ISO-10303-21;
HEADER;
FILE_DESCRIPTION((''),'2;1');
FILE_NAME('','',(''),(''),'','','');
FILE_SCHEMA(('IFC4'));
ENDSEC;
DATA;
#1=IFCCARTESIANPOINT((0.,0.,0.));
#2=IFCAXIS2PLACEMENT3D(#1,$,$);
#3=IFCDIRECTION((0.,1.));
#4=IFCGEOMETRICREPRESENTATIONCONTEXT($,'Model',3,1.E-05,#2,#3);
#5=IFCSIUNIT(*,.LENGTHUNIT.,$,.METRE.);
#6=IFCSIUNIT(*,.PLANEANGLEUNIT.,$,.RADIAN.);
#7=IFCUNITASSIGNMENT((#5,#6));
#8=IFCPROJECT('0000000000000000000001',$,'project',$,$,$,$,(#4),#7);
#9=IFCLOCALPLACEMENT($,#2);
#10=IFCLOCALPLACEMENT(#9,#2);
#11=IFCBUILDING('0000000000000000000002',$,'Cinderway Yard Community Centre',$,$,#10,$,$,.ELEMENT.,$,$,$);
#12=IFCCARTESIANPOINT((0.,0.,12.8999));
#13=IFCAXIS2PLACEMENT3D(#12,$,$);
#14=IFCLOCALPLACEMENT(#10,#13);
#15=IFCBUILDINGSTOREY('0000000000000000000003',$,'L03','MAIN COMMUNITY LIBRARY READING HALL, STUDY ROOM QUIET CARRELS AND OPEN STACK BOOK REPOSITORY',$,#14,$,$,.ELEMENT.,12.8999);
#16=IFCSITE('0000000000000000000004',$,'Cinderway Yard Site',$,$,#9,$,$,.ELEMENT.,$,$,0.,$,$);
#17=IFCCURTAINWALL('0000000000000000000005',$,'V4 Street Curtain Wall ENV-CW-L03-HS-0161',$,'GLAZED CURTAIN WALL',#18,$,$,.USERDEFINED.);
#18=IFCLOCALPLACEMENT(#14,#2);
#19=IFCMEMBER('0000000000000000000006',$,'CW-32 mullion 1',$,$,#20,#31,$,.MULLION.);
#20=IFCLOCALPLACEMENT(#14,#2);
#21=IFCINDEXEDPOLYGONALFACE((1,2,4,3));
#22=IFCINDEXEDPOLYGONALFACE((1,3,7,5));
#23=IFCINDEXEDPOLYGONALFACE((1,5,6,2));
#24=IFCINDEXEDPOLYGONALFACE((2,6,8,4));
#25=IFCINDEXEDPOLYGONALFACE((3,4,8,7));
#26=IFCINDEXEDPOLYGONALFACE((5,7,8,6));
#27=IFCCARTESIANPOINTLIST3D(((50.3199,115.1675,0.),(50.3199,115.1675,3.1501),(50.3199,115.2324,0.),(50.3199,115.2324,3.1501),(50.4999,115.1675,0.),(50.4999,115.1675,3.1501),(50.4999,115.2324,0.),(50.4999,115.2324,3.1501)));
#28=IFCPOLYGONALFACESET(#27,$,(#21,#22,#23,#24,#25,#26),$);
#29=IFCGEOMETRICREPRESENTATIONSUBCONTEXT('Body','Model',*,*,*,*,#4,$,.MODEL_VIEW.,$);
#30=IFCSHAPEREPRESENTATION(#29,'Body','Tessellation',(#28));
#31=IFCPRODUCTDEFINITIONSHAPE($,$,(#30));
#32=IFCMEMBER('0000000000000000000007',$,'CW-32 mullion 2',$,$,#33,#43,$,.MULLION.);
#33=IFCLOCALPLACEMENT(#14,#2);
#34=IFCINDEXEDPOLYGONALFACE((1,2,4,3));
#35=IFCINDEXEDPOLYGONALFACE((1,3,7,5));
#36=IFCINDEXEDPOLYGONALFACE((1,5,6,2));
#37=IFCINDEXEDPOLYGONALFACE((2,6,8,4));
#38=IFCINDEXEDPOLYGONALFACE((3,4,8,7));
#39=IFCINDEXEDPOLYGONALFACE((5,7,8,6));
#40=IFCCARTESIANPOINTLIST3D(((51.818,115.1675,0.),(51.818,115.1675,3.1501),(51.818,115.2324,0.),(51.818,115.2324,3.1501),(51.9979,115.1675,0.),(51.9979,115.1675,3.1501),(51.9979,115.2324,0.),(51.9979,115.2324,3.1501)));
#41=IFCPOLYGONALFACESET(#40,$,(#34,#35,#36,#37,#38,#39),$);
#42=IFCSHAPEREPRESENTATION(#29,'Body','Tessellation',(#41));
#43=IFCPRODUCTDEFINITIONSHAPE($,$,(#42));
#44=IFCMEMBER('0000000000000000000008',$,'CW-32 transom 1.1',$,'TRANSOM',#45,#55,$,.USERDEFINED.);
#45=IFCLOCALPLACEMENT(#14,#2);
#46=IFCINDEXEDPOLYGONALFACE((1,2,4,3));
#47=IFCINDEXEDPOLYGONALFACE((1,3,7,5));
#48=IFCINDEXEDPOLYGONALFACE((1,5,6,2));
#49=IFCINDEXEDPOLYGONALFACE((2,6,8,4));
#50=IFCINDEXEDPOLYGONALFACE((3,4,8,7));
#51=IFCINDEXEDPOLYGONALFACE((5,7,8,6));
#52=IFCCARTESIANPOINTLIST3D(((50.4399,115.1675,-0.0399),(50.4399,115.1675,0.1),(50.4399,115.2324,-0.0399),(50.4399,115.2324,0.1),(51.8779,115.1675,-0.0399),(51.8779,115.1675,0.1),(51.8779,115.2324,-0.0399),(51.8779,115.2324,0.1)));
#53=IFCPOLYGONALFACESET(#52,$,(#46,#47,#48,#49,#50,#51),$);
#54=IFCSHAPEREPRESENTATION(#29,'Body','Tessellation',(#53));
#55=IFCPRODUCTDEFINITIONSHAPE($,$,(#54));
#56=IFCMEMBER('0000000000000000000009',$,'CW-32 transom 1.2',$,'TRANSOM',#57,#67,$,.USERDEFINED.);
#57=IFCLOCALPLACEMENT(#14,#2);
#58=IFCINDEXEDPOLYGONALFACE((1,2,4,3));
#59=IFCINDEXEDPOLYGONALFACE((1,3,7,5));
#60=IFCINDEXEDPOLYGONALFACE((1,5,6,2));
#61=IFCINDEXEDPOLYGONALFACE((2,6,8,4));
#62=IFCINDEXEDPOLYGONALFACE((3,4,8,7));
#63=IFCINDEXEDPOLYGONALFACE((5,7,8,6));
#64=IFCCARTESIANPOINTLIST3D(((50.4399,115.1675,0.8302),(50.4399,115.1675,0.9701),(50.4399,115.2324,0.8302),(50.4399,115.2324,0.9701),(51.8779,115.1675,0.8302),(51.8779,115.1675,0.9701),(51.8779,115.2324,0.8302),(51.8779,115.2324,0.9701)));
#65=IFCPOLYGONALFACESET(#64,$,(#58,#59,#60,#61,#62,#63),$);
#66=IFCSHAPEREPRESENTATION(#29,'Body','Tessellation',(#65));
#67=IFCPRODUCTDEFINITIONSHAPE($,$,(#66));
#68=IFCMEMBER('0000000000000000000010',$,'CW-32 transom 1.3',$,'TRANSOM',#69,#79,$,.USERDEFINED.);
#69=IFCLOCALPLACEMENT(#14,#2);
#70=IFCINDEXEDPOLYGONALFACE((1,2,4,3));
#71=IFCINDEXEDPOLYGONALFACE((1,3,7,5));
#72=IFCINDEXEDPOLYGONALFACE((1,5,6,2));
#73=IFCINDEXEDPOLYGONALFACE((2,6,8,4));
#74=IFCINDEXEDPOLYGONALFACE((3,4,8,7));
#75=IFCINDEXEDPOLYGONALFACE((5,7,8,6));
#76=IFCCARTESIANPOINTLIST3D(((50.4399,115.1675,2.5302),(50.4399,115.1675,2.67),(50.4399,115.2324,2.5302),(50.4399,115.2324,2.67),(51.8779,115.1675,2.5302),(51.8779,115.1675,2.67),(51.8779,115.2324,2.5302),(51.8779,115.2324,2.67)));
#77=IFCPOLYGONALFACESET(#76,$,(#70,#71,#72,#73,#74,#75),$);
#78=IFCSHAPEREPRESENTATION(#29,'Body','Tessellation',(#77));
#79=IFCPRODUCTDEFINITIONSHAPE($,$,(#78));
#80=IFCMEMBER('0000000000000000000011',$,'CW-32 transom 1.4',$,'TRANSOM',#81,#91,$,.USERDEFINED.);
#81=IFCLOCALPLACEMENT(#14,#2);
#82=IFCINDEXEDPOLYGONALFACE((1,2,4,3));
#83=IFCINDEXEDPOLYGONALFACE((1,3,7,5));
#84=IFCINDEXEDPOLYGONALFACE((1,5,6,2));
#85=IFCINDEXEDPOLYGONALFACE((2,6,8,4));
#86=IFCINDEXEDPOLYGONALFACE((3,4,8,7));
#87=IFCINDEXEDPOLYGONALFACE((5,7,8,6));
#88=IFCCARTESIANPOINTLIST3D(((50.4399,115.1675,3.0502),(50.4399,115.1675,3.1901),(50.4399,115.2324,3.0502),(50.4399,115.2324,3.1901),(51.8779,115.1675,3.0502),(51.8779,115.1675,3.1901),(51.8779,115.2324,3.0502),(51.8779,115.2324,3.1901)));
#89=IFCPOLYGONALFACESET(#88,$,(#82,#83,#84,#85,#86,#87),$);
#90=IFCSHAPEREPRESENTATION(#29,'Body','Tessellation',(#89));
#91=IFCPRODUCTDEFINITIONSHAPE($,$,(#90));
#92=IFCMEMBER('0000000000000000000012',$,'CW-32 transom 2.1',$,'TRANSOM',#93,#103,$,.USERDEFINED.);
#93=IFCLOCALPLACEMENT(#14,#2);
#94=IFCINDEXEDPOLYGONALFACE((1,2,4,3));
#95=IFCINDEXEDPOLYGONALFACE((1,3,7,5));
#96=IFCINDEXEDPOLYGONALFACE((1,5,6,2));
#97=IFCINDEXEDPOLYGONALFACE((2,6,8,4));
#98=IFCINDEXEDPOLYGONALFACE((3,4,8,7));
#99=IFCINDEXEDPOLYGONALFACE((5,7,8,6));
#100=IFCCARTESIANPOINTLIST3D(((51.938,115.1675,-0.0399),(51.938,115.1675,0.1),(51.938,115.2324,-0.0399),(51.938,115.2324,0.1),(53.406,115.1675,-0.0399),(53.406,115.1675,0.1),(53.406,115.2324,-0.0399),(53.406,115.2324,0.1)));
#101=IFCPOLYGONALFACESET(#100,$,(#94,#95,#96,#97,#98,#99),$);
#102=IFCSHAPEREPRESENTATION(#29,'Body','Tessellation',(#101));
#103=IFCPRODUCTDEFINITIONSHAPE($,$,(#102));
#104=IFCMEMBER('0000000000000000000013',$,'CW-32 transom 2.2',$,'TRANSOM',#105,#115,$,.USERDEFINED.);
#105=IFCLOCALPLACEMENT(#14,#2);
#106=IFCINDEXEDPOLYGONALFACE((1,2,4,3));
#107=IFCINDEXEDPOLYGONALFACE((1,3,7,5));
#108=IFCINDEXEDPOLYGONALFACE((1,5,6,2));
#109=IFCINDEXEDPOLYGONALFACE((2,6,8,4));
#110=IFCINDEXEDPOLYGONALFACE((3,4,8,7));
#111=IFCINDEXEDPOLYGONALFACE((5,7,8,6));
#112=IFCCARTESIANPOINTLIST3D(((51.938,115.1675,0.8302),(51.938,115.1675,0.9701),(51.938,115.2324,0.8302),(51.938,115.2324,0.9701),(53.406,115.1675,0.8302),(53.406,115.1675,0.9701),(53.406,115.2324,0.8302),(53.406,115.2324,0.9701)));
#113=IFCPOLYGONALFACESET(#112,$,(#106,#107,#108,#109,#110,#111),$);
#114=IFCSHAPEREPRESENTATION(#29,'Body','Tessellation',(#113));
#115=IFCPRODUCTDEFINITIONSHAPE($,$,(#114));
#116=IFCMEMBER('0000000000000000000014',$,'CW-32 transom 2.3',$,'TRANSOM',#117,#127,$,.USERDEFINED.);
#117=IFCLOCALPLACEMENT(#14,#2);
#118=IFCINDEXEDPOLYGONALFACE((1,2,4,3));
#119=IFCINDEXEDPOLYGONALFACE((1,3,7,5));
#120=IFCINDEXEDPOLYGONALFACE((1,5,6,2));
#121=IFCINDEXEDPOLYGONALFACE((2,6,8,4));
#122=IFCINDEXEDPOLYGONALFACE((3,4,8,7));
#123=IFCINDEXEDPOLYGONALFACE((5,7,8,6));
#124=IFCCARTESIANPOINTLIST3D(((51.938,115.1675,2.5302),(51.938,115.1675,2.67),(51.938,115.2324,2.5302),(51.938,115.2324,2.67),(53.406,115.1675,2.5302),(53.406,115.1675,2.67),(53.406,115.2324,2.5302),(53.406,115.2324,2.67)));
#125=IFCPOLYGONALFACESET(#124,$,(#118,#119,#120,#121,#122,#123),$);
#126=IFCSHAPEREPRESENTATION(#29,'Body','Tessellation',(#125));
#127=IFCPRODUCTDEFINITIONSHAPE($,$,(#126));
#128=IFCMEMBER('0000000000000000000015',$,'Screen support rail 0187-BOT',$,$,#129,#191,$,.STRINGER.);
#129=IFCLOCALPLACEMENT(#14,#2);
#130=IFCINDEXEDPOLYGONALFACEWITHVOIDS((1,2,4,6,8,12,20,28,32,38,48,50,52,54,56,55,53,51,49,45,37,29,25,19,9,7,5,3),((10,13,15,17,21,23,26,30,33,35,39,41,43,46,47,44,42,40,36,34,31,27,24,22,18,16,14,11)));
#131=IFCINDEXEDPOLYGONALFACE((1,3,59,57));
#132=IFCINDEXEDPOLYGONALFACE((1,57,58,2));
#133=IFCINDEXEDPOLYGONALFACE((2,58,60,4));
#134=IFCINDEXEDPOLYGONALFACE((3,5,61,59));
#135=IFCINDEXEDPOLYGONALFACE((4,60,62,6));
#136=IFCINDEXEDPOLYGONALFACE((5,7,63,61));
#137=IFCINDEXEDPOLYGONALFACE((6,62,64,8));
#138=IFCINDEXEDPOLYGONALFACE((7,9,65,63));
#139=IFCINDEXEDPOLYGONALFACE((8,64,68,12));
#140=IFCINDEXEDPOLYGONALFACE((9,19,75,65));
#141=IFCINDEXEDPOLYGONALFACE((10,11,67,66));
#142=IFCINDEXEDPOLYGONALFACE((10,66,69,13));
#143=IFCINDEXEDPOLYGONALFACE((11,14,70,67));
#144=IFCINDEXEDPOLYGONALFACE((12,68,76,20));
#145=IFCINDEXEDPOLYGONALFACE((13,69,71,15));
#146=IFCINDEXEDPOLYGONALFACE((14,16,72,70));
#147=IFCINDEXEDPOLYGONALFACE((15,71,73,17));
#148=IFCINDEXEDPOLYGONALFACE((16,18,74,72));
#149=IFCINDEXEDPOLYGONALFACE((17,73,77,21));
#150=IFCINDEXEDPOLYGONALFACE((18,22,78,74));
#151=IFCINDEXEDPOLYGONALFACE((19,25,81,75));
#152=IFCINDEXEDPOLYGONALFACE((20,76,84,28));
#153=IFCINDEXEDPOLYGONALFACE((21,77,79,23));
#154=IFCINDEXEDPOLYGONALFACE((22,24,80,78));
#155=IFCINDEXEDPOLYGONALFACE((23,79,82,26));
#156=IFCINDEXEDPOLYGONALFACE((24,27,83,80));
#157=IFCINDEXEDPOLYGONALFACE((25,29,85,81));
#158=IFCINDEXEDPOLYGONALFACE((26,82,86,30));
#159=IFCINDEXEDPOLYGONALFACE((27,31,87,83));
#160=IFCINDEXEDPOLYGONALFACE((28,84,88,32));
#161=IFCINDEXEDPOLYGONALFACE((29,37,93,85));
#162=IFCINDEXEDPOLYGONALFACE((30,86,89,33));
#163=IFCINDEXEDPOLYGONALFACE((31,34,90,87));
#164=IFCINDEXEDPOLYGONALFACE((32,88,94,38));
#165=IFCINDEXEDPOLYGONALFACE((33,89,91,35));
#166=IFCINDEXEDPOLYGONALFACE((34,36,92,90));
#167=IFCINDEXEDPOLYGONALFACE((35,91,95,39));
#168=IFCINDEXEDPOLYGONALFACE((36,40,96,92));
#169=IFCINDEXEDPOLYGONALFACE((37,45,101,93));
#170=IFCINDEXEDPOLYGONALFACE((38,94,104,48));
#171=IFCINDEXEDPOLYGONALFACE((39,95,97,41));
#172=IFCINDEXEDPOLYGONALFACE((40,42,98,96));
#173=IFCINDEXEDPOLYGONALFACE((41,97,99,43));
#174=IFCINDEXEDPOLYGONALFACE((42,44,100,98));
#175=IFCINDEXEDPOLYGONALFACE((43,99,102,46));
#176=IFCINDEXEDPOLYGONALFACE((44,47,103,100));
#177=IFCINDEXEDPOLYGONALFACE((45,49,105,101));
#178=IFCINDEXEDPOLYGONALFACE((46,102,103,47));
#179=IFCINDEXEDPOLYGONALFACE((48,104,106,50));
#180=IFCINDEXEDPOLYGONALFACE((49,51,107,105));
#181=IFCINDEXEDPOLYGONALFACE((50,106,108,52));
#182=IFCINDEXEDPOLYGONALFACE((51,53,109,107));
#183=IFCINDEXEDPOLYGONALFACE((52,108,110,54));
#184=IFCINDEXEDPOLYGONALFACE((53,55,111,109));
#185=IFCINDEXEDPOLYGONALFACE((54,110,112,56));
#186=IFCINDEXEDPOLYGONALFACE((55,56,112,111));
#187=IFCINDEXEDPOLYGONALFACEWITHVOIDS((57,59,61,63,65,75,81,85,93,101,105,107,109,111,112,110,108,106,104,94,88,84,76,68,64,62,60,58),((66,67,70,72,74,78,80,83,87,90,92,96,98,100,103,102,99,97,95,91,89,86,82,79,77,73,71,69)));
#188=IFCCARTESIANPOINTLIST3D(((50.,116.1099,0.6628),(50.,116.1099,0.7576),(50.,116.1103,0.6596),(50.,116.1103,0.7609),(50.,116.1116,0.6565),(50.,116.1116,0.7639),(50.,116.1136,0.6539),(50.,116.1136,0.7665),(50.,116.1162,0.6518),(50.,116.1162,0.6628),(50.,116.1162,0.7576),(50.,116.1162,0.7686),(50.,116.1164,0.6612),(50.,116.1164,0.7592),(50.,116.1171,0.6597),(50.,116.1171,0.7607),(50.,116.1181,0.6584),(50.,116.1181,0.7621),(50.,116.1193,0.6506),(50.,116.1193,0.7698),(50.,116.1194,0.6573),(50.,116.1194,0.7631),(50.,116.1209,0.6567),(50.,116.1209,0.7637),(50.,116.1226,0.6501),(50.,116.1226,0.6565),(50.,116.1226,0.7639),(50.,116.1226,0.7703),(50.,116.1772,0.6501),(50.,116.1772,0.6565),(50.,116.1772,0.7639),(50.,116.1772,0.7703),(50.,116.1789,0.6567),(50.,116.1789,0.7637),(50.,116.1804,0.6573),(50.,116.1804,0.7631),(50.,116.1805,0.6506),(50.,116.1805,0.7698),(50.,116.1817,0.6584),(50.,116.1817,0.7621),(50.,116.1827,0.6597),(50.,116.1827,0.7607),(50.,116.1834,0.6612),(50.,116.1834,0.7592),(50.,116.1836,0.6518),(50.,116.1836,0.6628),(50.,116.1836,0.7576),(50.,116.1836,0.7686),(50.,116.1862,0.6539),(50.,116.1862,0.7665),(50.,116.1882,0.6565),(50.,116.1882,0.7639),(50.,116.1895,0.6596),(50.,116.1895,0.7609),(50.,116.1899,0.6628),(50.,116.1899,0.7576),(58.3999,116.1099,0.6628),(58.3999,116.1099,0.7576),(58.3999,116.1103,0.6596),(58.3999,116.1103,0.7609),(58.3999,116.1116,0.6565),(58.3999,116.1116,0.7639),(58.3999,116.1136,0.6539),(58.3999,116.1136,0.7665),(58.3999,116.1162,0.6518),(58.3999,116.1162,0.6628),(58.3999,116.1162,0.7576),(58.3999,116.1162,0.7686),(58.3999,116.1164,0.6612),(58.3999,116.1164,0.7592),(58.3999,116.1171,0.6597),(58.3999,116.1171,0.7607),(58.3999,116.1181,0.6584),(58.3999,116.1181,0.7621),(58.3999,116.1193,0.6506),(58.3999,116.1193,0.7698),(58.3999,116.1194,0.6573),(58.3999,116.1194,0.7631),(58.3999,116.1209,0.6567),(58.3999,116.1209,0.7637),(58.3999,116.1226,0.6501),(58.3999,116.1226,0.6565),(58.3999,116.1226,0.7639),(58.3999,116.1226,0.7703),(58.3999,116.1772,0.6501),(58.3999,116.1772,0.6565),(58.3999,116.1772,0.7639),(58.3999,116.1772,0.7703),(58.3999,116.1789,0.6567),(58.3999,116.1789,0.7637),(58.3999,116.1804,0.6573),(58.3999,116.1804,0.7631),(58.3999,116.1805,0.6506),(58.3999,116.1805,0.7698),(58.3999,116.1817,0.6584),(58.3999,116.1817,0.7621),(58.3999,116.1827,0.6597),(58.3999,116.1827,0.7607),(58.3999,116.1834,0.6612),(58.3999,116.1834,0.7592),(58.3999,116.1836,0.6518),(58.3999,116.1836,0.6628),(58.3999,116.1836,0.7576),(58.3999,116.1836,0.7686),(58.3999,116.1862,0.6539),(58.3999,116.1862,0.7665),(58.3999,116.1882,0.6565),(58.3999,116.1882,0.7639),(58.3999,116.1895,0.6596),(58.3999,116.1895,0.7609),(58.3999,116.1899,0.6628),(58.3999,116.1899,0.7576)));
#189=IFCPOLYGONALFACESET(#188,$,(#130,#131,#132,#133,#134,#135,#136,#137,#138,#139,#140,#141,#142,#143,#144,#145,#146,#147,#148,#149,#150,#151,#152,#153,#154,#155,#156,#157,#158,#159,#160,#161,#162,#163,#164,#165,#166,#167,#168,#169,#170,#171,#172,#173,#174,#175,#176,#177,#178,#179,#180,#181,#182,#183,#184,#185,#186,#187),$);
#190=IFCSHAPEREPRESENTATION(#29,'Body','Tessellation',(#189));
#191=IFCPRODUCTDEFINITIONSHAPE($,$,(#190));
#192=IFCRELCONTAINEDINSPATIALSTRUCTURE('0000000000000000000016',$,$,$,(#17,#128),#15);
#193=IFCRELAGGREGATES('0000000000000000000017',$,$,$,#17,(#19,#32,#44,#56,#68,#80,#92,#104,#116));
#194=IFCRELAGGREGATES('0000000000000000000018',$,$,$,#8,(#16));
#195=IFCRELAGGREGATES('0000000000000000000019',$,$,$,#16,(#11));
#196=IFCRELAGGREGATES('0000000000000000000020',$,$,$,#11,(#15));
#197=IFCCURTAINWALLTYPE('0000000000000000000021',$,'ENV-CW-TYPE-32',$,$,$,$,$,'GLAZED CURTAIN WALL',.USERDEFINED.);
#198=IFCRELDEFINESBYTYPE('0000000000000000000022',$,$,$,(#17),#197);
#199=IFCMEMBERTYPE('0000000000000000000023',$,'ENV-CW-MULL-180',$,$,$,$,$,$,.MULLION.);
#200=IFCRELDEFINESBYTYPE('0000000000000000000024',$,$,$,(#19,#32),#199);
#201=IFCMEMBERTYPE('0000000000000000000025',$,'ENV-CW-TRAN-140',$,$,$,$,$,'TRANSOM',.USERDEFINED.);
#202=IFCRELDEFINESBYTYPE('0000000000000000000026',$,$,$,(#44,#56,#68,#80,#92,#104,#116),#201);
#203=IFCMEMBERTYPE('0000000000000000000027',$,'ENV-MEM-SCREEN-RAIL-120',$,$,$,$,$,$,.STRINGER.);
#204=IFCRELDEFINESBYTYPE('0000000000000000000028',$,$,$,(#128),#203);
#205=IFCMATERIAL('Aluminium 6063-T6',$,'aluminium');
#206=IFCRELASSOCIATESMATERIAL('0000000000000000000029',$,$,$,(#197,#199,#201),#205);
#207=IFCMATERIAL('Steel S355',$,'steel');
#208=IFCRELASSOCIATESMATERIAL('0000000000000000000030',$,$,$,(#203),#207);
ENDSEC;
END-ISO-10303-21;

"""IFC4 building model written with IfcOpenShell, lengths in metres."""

from ifc_helpers import new_model, si_unit, direction, frame, origin, origin_2d, place, context, subcontext, project, spatial, rectangle, hollow_rectangle, extrude, material, material_profile, profile_set, type_object, element, aggregate, save


model = new_model("IFC4")

# Units and contexts
model_context = context("Model", 3, precision=1e-05, world=origin(), true_north=direction((0.0, 1.0)))
body_context = subcontext(model_context, "Body", "Model", "MODEL_VIEW")
ifc_project = project(units=[si_unit("LENGTHUNIT", "METRE"), si_unit("PLANEANGLEUNIT", "RADIAN")], contexts=[model_context])

# Site, building, storey
site_placement = place(None, origin())
site = spatial("IfcSite", under=ifc_project, at=site_placement, Name="Cinderway Yard Site", CompositionType="ELEMENT", RefElevation=0.0)
building_placement = place(site_placement, origin())
building = spatial("IfcBuilding", under=site, at=building_placement, Name="Cinderway Yard Community Centre", CompositionType="ELEMENT")
storey_placement = place(building_placement, frame((0.0, 0.0, 12.8999)))
storey = spatial("IfcBuildingStorey", under=building, at=storey_placement, Name="L03", Description="MAIN COMMUNITY LIBRARY READING HALL, STUDY ROOM QUIET CARRELS AND OPEN STACK BOOK REPOSITORY", CompositionType="ELEMENT", Elevation=12.8999)

# Curtain wall, members
ifc_material_1 = material(Name="Aluminium 6063-T6", Category="aluminium")
curtain_wall_type = type_object("IfcCurtainWallType", Name="ENV-CW-TYPE-32", ElementType="GLAZED CURTAIN WALL", PredefinedType="USERDEFINED", material=ifc_material_1)
curtain_wall_placement = place(storey_placement, origin())
curtain_wall = element("IfcCurtainWall", 1, at=curtain_wall_placement, inside=storey, type_object=curtain_wall_type, Name="V4 Street Curtain Wall ENV-CW-L03-HS-0161", ObjectType="GLAZED CURTAIN WALL", PredefinedType="USERDEFINED")
ifc_material_profile_1 = material_profile(ifc_material_1, rectangle(XDim=0.0649, YDim=0.1799, at=origin_2d()), Name="Aluminium 6063-T6")
ifc_profile_set_1 = profile_set([ifc_material_profile_1], Name="Aluminium 6063-T6")
member_type_1 = type_object("IfcMemberType", Name="ENV-CW-MULL-180", PredefinedType="MULLION", material=ifc_profile_set_1)
member_1_placement = place(storey_placement, frame((50.4099, 115.2, 0.0), z_axis=(0.0, 0.0, 1.0), x_axis=(0.0, 1.0, 0.0)))
member_1 = element("IfcMember", 2, at=member_1_placement, type_object=member_type_1, Name="CW-32 mullion 1", PredefinedType="MULLION", context=body_context, shape_type="SweptSolid", body=[
    extrude(rectangle(XDim=0.0649, YDim=0.1799, at=origin_2d()), origin(), (0.0, 0.0, 1.0), 3.1501),
])
member_2_placement = place(storey_placement, frame((51.908, 115.2, 0.0), z_axis=(0.0, 0.0, 1.0), x_axis=(0.0, 1.0, 0.0)))
member_2 = element("IfcMember", 3, at=member_2_placement, type_object=member_type_1, Name="CW-32 mullion 2", PredefinedType="MULLION", context=body_context, shape_type="SweptSolid", body=[
    extrude(rectangle(XDim=0.0649, YDim=0.1799, at=origin_2d()), origin(), (0.0, 0.0, 1.0), 3.1501),
])
ifc_material_profile_2 = material_profile(ifc_material_1, rectangle(XDim=0.0649, YDim=0.1399, at=origin_2d()), Name="Aluminium 6063-T6")
ifc_profile_set_2 = profile_set([ifc_material_profile_2], Name="Aluminium 6063-T6")
member_type_2 = type_object("IfcMemberType", Name="ENV-CW-TRAN-140", ElementType="TRANSOM", PredefinedType="USERDEFINED", material=ifc_profile_set_2)
member_3_placement = place(storey_placement, frame((50.4399, 115.2, 0.03), z_axis=(1.0, 0.0, 0.0), x_axis=(0.0, 1.0, 0.0)))
member_3 = element("IfcMember", 4, at=member_3_placement, type_object=member_type_2, Name="CW-32 transom 1.1", ObjectType="TRANSOM", PredefinedType="USERDEFINED", context=body_context, shape_type="SweptSolid", body=[
    extrude(rectangle(XDim=0.0649, YDim=0.1399, at=origin_2d()), origin(), (0.0, 0.0, 1.0), 1.438),
])
member_4_placement = place(storey_placement, frame((50.4399, 115.2, 0.9001), z_axis=(1.0, 0.0, 0.0), x_axis=(0.0, 1.0, 0.0)))
member_4 = element("IfcMember", 5, at=member_4_placement, type_object=member_type_2, Name="CW-32 transom 1.2", ObjectType="TRANSOM", PredefinedType="USERDEFINED", context=body_context, shape_type="SweptSolid", body=[
    extrude(rectangle(XDim=0.0649, YDim=0.1399, at=origin_2d()), origin(), (0.0, 0.0, 1.0), 1.438),
])
member_5_placement = place(storey_placement, frame((50.4399, 115.2, 2.6001), z_axis=(1.0, 0.0, 0.0), x_axis=(0.0, 1.0, 0.0)))
member_5 = element("IfcMember", 6, at=member_5_placement, type_object=member_type_2, Name="CW-32 transom 1.3", ObjectType="TRANSOM", PredefinedType="USERDEFINED", context=body_context, shape_type="SweptSolid", body=[
    extrude(rectangle(XDim=0.0649, YDim=0.1399, at=origin_2d()), origin(), (0.0, 0.0, 1.0), 1.438),
])
member_6_placement = place(storey_placement, frame((50.4399, 115.2, 3.1201), z_axis=(1.0, 0.0, 0.0), x_axis=(0.0, 1.0, 0.0)))
member_6 = element("IfcMember", 7, at=member_6_placement, type_object=member_type_2, Name="CW-32 transom 1.4", ObjectType="TRANSOM", PredefinedType="USERDEFINED", context=body_context, shape_type="SweptSolid", body=[
    extrude(rectangle(XDim=0.0649, YDim=0.1399, at=origin_2d()), origin(), (0.0, 0.0, 1.0), 1.438),
])
member_7_placement = place(storey_placement, frame((51.938, 115.2, 0.03), z_axis=(1.0, 0.0, 0.0), x_axis=(0.0, 1.0, 0.0)))
member_7 = element("IfcMember", 8, at=member_7_placement, type_object=member_type_2, Name="CW-32 transom 2.1", ObjectType="TRANSOM", PredefinedType="USERDEFINED", context=body_context, shape_type="SweptSolid", body=[
    extrude(rectangle(XDim=0.0649, YDim=0.1399, at=origin_2d()), origin(), (0.0, 0.0, 1.0), 1.468),
])
member_8_placement = place(storey_placement, frame((51.938, 115.2, 0.9001), z_axis=(1.0, 0.0, 0.0), x_axis=(0.0, 1.0, 0.0)))
member_8 = element("IfcMember", 9, at=member_8_placement, type_object=member_type_2, Name="CW-32 transom 2.2", ObjectType="TRANSOM", PredefinedType="USERDEFINED", context=body_context, shape_type="SweptSolid", body=[
    extrude(rectangle(XDim=0.0649, YDim=0.1399, at=origin_2d()), origin(), (0.0, 0.0, 1.0), 1.468),
])
member_9_placement = place(storey_placement, frame((51.938, 115.2, 2.6001), z_axis=(1.0, 0.0, 0.0), x_axis=(0.0, 1.0, 0.0)))
member_9 = element("IfcMember", 10, at=member_9_placement, type_object=member_type_2, Name="CW-32 transom 2.3", ObjectType="TRANSOM", PredefinedType="USERDEFINED", context=body_context, shape_type="SweptSolid", body=[
    extrude(rectangle(XDim=0.0649, YDim=0.1399, at=origin_2d()), origin(), (0.0, 0.0, 1.0), 1.468),
])

# Member
ifc_material_2 = material(Name="Steel S355", Category="steel")
ifc_material_profile_3 = material_profile(ifc_material_2, hollow_rectangle(XDim=0.0801, YDim=0.1201, WallThickness=0.0063, InnerFilletRadius=0.0063, OuterFilletRadius=0.0127, at=origin_2d()), Name="Steel S355")
ifc_profile_set_3 = profile_set([ifc_material_profile_3], Name="Steel S355")
member_type_3 = type_object("IfcMemberType", Name="ENV-MEM-SCREEN-RAIL-120", PredefinedType="STRINGER", material=ifc_profile_set_3)
for number, where, z_axis, x_axis, name in (
    (11, (50.0, 116.1499, 0.7102), (1.0, 0.0, 0.0), (0.0, 1.0, 0.0), "Screen support rail 0187-BOT"),
):
    element("IfcMember", number, at=place(storey_placement, frame(where, z_axis=z_axis, x_axis=x_axis)), inside=storey, type_object=member_type_3, Name=name, PredefinedType="STRINGER", context=body_context, shape_type="SweptSolid", body=[
        extrude(hollow_rectangle(XDim=0.0801, YDim=0.1201, WallThickness=0.0063, InnerFilletRadius=0.0063, OuterFilletRadius=0.0127, at=origin_2d()), origin(), (0.0, 0.0, 1.0), 8.3999),
    ])

aggregate(curtain_wall, [member_1, member_2, member_3, member_4, member_5, member_6, member_7, member_8, member_9])

save(model, "model.ifc")
